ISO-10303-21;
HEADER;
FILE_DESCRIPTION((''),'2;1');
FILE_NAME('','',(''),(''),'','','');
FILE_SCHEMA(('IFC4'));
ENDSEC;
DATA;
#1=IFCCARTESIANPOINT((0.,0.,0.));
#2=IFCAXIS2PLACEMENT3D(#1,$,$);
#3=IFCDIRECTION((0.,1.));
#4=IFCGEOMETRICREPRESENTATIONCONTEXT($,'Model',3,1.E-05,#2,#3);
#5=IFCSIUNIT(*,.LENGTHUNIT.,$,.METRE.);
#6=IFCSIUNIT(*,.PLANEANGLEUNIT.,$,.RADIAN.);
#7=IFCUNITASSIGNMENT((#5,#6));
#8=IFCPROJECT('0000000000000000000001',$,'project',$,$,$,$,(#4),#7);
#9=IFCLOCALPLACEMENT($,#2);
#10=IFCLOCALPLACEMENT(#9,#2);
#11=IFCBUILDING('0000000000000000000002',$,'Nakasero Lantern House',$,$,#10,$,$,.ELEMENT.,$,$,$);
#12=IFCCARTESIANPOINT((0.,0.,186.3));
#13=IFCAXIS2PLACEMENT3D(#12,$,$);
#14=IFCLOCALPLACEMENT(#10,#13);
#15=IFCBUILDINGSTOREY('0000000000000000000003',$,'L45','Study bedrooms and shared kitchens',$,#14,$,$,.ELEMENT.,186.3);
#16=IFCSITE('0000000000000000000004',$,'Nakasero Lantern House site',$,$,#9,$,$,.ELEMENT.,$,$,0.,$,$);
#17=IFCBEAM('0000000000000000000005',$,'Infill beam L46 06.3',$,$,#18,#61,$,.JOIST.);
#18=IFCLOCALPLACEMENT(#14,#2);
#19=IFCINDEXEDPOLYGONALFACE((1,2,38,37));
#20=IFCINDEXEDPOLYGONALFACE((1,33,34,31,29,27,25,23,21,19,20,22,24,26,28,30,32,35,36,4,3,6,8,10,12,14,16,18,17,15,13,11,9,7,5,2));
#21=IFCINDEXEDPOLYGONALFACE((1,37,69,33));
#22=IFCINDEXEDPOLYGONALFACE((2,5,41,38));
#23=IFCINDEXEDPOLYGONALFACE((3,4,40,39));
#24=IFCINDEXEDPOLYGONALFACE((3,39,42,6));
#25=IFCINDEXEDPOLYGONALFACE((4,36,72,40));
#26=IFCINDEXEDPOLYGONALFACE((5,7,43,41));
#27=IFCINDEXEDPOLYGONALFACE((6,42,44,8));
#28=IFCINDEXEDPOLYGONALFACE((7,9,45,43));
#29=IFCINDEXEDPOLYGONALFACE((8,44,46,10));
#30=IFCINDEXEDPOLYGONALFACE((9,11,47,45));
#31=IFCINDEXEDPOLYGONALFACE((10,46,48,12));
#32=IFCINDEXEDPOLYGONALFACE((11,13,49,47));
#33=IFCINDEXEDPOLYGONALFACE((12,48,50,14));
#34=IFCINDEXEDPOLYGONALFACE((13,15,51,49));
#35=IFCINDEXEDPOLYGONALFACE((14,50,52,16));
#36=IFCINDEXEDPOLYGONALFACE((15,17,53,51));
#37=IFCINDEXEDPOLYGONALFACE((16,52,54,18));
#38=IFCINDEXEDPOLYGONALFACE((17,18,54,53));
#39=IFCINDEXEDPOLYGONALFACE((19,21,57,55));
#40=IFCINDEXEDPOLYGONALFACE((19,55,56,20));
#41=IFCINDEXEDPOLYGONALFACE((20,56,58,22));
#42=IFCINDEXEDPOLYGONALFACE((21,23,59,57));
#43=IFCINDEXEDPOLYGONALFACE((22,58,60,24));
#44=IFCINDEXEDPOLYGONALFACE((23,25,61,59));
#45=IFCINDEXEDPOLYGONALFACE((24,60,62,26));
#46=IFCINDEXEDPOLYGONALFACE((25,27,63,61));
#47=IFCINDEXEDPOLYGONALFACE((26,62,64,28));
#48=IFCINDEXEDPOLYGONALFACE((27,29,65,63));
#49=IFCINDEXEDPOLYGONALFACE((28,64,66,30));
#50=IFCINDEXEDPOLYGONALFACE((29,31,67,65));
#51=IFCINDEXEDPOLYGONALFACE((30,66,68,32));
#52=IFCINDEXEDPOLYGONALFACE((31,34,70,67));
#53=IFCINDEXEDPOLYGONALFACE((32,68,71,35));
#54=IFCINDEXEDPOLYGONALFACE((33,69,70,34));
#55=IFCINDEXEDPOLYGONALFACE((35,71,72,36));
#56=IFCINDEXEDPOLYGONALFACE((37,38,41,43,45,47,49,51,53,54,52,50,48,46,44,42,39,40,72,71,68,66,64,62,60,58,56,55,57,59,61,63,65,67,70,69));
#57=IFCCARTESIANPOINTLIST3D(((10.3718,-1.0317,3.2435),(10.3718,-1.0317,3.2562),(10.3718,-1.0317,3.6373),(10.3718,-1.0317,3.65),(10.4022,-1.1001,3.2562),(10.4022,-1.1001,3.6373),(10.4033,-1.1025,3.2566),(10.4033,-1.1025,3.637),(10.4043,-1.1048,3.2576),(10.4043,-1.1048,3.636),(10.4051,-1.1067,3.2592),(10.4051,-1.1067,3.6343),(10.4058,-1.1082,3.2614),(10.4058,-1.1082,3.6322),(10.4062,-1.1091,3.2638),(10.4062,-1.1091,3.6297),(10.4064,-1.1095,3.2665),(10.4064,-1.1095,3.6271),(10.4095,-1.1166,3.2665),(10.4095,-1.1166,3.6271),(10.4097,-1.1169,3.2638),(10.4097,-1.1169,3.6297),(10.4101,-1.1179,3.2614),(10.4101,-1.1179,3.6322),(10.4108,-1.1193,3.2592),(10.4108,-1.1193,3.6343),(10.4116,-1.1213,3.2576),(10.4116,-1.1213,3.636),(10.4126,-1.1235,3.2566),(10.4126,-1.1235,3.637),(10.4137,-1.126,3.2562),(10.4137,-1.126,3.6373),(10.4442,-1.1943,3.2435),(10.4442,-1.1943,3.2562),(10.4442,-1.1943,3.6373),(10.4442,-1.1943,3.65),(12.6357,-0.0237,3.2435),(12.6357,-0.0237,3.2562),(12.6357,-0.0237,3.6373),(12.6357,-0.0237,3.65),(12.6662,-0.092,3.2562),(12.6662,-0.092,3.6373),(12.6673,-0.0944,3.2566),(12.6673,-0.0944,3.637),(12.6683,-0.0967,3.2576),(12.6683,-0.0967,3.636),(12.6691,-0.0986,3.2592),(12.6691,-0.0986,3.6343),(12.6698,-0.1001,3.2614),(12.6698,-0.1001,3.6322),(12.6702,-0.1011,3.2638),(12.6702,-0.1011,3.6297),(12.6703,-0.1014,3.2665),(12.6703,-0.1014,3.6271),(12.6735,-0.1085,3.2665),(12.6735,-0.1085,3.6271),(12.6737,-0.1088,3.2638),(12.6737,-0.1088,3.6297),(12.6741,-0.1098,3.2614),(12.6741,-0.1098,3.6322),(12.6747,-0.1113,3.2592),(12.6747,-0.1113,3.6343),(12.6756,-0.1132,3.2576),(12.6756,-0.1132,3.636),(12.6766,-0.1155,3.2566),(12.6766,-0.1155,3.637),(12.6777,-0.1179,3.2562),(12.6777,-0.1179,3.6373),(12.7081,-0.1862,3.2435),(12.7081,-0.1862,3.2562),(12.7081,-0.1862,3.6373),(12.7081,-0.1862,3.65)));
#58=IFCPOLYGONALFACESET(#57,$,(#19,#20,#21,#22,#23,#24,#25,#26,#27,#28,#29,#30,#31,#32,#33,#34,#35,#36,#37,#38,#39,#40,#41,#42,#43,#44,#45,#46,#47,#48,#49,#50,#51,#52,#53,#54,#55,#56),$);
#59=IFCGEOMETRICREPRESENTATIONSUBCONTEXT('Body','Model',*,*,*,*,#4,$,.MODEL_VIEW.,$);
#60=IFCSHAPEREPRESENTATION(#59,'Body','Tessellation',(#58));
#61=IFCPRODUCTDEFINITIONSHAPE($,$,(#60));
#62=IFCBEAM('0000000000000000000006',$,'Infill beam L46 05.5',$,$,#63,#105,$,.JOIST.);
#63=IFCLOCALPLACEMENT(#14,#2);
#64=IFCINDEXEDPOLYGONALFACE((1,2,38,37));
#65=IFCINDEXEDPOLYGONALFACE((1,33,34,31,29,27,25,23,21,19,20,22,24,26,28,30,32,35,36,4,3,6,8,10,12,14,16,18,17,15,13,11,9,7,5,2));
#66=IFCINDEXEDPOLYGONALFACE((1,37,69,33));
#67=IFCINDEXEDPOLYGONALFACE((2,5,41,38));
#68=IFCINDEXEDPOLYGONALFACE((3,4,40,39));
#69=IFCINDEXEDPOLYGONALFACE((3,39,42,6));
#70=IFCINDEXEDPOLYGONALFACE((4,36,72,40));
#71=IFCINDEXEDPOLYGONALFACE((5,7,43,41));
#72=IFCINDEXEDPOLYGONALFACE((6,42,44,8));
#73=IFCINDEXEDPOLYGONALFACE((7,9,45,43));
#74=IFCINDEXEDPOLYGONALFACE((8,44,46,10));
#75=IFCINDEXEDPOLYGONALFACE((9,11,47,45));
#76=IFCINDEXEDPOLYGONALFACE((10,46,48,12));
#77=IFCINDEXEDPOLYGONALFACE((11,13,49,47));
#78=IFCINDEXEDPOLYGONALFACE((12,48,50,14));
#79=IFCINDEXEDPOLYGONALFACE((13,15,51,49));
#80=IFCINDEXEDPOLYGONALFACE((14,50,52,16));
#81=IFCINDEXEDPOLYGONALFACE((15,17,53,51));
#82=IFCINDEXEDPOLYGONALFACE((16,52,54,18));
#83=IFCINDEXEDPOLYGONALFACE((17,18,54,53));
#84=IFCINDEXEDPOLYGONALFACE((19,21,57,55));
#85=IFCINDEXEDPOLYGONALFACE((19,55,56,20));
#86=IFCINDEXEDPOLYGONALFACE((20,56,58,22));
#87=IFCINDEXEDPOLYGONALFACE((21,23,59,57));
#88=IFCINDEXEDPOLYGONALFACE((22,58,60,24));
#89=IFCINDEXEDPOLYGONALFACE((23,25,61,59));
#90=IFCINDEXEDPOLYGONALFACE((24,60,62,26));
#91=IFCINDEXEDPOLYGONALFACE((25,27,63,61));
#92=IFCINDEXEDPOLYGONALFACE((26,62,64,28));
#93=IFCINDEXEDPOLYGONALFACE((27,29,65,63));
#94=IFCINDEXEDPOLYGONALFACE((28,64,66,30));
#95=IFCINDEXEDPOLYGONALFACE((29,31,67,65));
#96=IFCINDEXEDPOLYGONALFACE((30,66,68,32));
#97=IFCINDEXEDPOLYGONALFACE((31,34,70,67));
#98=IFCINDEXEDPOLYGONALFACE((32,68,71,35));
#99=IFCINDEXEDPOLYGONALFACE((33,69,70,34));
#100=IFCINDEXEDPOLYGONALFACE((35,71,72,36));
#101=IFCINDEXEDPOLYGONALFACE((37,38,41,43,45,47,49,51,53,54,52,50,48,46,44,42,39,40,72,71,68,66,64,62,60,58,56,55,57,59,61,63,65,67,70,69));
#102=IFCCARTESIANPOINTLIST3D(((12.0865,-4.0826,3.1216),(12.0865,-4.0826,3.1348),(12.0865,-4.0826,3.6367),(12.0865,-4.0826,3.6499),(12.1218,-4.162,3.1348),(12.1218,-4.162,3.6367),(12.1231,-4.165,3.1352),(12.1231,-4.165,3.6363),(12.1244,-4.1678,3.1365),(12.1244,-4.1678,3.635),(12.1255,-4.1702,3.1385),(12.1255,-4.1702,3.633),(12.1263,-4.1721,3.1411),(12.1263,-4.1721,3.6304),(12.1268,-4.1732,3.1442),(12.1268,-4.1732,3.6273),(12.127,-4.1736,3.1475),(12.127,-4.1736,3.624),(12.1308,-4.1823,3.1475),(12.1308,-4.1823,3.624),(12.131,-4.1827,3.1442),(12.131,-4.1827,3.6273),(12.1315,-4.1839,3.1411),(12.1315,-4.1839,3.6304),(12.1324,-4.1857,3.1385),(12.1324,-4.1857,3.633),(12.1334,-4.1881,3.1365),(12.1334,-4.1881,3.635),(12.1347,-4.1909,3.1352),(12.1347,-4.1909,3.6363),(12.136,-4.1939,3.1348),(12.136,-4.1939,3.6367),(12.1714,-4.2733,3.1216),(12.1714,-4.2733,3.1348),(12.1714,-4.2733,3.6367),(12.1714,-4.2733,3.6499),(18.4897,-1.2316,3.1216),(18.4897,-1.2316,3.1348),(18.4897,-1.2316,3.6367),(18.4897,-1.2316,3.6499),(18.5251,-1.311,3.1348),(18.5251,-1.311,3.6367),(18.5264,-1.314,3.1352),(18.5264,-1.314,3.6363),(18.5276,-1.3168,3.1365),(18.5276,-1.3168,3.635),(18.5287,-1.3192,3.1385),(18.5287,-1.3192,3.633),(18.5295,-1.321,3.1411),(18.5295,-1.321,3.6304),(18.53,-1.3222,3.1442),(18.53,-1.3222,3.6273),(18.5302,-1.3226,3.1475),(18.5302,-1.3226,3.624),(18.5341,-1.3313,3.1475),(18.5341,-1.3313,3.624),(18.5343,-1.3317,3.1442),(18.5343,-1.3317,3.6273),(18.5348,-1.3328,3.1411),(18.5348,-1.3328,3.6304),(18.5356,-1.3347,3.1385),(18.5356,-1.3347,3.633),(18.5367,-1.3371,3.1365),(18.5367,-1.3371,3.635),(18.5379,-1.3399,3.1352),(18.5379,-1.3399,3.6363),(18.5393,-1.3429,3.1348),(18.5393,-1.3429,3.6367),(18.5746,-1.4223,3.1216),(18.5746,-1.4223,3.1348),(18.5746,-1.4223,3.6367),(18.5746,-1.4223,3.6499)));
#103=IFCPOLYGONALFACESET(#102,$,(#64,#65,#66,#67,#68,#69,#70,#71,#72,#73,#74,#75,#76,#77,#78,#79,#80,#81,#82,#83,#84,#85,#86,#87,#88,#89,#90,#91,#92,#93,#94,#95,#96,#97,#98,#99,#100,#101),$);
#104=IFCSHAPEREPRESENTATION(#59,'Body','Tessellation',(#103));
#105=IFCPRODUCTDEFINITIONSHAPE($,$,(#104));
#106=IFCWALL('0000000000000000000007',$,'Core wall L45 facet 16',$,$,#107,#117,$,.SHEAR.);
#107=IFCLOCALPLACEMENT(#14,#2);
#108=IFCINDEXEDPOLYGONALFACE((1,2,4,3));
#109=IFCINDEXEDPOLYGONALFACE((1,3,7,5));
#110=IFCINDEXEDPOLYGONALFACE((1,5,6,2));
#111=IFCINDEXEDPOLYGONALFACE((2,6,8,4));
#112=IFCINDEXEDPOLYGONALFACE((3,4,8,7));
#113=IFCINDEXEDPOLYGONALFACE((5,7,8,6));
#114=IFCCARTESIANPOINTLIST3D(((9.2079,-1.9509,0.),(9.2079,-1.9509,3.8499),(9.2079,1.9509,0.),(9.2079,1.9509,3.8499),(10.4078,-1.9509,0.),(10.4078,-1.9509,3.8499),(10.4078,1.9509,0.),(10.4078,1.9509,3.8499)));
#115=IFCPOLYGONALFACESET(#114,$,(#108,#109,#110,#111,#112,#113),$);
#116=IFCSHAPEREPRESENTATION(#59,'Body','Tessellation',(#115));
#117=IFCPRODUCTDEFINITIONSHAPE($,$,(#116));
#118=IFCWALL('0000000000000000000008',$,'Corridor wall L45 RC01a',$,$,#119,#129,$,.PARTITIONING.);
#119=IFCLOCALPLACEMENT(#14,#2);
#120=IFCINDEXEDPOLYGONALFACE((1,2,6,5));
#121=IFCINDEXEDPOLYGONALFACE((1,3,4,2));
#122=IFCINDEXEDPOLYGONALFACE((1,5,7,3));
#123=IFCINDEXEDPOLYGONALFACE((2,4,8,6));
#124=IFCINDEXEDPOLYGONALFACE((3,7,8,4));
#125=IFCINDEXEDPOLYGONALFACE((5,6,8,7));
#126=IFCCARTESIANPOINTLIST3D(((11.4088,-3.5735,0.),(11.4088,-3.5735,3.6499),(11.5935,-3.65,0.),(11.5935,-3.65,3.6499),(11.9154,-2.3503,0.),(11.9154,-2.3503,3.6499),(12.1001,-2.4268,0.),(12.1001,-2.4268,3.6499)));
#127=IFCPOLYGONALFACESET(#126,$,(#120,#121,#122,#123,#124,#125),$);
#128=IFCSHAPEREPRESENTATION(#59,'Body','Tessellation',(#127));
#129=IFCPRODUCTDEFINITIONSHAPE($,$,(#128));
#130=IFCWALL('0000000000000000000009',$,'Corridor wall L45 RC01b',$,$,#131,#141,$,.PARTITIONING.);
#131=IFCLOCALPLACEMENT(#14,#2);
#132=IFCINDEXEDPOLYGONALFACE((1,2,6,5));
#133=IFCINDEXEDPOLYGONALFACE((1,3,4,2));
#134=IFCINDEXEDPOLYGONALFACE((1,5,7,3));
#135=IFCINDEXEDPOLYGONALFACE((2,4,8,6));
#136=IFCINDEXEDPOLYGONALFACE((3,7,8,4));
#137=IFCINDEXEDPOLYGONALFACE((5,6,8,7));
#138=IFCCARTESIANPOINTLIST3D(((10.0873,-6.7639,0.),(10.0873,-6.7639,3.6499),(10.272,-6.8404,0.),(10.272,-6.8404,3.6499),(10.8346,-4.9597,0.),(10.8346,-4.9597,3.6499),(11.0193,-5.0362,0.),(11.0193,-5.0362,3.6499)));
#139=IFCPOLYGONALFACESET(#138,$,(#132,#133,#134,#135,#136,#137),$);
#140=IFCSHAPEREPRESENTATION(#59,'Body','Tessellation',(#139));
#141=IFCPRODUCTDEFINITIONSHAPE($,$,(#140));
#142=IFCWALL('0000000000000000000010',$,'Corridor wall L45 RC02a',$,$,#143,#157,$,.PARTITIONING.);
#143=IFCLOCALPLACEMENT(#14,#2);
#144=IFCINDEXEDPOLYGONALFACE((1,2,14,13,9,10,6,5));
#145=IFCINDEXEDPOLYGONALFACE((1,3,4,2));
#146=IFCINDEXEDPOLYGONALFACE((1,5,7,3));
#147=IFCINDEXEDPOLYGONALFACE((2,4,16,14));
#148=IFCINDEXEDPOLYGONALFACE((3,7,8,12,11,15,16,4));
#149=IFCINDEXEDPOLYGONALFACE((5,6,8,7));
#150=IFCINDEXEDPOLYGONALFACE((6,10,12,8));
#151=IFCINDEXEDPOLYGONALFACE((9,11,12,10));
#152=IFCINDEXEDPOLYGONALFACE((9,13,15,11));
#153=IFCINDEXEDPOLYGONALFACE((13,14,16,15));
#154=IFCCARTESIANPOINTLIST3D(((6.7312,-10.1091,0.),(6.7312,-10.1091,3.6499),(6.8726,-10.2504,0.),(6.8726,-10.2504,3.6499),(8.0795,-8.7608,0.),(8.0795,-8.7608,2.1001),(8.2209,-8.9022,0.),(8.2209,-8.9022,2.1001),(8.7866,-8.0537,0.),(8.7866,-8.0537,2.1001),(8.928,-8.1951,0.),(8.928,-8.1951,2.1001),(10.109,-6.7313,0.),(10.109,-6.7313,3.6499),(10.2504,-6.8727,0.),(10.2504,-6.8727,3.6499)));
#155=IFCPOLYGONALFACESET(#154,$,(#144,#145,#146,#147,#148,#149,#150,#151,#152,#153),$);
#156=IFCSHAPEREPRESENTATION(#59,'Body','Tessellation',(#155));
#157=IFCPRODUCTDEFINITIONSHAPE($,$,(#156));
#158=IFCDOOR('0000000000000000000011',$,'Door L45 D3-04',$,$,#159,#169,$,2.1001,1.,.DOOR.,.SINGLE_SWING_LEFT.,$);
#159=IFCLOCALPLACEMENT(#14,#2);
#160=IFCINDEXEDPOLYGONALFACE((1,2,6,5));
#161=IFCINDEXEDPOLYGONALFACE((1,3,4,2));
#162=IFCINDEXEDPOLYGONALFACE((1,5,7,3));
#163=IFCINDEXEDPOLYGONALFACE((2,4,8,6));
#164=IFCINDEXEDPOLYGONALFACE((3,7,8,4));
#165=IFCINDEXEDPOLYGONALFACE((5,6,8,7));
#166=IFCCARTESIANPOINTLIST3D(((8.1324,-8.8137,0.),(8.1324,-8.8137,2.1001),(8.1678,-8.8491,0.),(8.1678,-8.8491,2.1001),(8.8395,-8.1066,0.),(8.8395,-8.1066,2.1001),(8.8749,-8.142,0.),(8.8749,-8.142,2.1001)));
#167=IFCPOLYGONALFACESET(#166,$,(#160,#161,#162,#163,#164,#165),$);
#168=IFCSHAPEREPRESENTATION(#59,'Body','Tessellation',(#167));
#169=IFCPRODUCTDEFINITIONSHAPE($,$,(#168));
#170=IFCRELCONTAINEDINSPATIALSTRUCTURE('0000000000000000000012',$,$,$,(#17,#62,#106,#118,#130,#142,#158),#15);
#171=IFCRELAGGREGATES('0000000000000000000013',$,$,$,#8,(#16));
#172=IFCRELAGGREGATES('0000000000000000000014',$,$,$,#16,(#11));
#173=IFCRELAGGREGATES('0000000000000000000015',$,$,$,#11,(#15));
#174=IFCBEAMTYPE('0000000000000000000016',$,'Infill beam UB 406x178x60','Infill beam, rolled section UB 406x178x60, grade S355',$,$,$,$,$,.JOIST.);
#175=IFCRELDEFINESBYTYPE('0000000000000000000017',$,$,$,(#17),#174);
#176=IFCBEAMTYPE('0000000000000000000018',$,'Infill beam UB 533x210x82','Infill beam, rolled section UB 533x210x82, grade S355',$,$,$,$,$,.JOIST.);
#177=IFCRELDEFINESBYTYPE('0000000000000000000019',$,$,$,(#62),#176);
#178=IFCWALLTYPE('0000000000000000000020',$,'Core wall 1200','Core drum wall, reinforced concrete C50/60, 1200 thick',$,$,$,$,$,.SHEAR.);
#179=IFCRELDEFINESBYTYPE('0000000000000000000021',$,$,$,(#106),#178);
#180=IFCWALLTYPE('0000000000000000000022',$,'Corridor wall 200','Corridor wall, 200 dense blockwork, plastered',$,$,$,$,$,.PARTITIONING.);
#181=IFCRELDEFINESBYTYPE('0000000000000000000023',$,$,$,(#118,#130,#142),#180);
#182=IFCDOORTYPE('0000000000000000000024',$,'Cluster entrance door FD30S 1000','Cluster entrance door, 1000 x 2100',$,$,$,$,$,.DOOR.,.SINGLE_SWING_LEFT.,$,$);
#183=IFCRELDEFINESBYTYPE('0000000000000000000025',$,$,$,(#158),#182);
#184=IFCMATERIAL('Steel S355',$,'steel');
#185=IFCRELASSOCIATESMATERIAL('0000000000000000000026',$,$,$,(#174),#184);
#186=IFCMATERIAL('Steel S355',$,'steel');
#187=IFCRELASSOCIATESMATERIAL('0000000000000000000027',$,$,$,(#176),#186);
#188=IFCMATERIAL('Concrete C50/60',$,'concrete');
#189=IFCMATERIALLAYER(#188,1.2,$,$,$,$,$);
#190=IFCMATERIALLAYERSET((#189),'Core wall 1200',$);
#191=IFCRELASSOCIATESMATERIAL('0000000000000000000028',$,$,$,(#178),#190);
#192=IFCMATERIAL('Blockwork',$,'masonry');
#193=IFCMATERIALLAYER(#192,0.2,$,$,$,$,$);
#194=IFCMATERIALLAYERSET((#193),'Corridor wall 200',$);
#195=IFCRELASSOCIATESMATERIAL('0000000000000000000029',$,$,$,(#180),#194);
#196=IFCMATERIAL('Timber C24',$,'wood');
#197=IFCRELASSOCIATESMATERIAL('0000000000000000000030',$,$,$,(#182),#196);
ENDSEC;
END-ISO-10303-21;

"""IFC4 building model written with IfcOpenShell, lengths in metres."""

from ifc_helpers import new_model, si_unit, direction, frame, frame_2d, origin, origin_2d, place, context, subcontext, project, spatial, rectangle, i_section, extrude, material, layer, layer_set, material_profile, profile_set, type_object, element, fill, save


model = new_model("IFC4")

# Units and contexts
model_context = context("Model", 3, precision=1e-05, world=origin(), true_north=direction((0.0, 1.0)))
body_context = subcontext(model_context, "Body", "Model", "MODEL_VIEW")
ifc_project = project(units=[si_unit("LENGTHUNIT", "METRE"), si_unit("PLANEANGLEUNIT", "RADIAN")], contexts=[model_context])

# Site, building, storey
site_placement = place(None, origin())
site = spatial("IfcSite", under=ifc_project, at=site_placement, Name="Nakasero Lantern House site", CompositionType="ELEMENT", RefElevation=0.0)
building_placement = place(site_placement, origin())
building = spatial("IfcBuilding", under=site, at=building_placement, Name="Nakasero Lantern House", CompositionType="ELEMENT")
storey_placement = place(building_placement, frame((0.0, 0.0, 186.3)))
storey = spatial("IfcBuildingStorey", under=building, at=storey_placement, Name="L45", Description="Study bedrooms and shared kitchens", CompositionType="ELEMENT", Elevation=186.3)

# Beams
ifc_material_1 = material(Name="Steel S355", Category="steel")
ifc_material_profile_1 = material_profile(ifc_material_1, i_section(OverallWidth=0.178, OverallDepth=0.4065, WebThickness=0.0078, FlangeThickness=0.0127, FilletRadius=0.0103, at=origin_2d()), Name="UB 406x178x60")
ifc_profile_set_1 = profile_set([ifc_material_profile_1], Name="Steel S355")
beam_type_1 = type_object("IfcBeamType", Name="Infill beam UB 406x178x60", Description="Infill beam, rolled section UB 406x178x60, grade S355", PredefinedType="JOIST", material=ifc_profile_set_1)
beam_1_placement = place(storey_placement, frame((10.408, -1.113, 3.4468), z_axis=(0.913531, 0.406769, 0.0), x_axis=(-0.406769, 0.913531, 0.0)))
element("IfcBeam", 1, at=beam_1_placement, inside=storey, type_object=beam_type_1, Name="Infill beam L46 06.3", PredefinedType="JOIST", context=body_context, shape_type="SweptSolid", body=[
    extrude(i_section(OverallWidth=0.178, OverallDepth=0.4065, WebThickness=0.0078, FlangeThickness=0.0127, FilletRadius=0.0103, at=origin_2d()), origin(), (0.0, 0.0, 1.0), 2.4783),
])
ifc_material_2 = material(Name="Steel S355", Category="steel")
ifc_material_profile_2 = material_profile(ifc_material_2, i_section(OverallWidth=0.2087, OverallDepth=0.5283, WebThickness=0.0095, FlangeThickness=0.0132, FilletRadius=0.0127, at=origin_2d()), Name="UB 533x210x82")
ifc_profile_set_2 = profile_set([ifc_material_profile_2], Name="Steel S355")
beam_type_2 = type_object("IfcBeamType", Name="Infill beam UB 533x210x82", Description="Infill beam, rolled section UB 533x210x82, grade S355", PredefinedType="JOIST", material=ifc_profile_set_2)
beam_2_placement = place(storey_placement, frame((12.1289, -4.178, 3.3857), z_axis=(0.913538, 0.406752, 0.0), x_axis=(-0.406752, 0.913538, 0.0)))
element("IfcBeam", 2, at=beam_2_placement, inside=storey, type_object=beam_type_2, Name="Infill beam L46 05.5", PredefinedType="JOIST", context=body_context, shape_type="SweptSolid", body=[
    extrude(i_section(OverallWidth=0.2087, OverallDepth=0.5283, WebThickness=0.0095, FlangeThickness=0.0132, FilletRadius=0.0127, at=origin_2d()), origin(), (0.0, 0.0, 1.0), 7.0093),
])

# Walls
ifc_material_3 = material(Name="Concrete C50/60", Category="concrete")
ifc_layer_1 = layer(ifc_material_3, 1.2)
ifc_layer_set_1 = layer_set([ifc_layer_1], Name="Core wall 1200")
wall_type_1 = type_object("IfcWallType", Name="Core wall 1200", Description="Core drum wall, reinforced concrete C50/60, 1200 thick", PredefinedType="SHEAR", material=ifc_layer_set_1)
wall_1_placement = place(storey_placement, frame((9.8079, -1.9509, 0.0), z_axis=(0.0, 0.0, 1.0), x_axis=(0.0, 1.0, 0.0)))
element("IfcWall", 3, at=wall_1_placement, inside=storey, type_object=wall_type_1, Name="Core wall L45 facet 16", PredefinedType="SHEAR", context=body_context, shape_type="SweptSolid", body=[
    extrude(rectangle(XDim=3.9019, YDim=1.2, at=frame_2d((1.9509, 0.0))), origin(), (0.0, 0.0, 1.0), 3.8499),
])
ifc_material_4 = material(Name="Blockwork", Category="masonry")
ifc_layer_2 = layer(ifc_material_4, 0.2)
ifc_layer_set_2 = layer_set([ifc_layer_2], Name="Corridor wall 200")
wall_type_2 = type_object("IfcWallType", Name="Corridor wall 200", Description="Corridor wall, 200 dense blockwork, plastered", PredefinedType="PARTITIONING", material=ifc_layer_set_2)
wall_2_placement = place(storey_placement, frame((12.0078, -2.3884, 0.0), z_axis=(0.0, 0.0, 1.0), x_axis=(-0.38265, -0.923893, 0.0)))
element("IfcWall", 4, at=wall_2_placement, inside=storey, type_object=wall_type_2, Name="Corridor wall L45 RC01a", PredefinedType="PARTITIONING", context=body_context, shape_type="SweptSolid", body=[
    extrude(rectangle(XDim=1.324, YDim=0.2, at=frame_2d((0.6621, 0.0))), origin(), (0.0, 0.0, 1.0), 3.6499),
])
wall_3_placement = place(storey_placement, frame((10.927, -4.9978, 0.0), z_axis=(0.0, 0.0, 1.0), x_axis=(-0.382679, -0.923881, 0.0)))
element("IfcWall", 5, at=wall_3_placement, inside=storey, type_object=wall_type_2, Name="Corridor wall L45 RC01b", PredefinedType="PARTITIONING", context=body_context, shape_type="SweptSolid", body=[
    extrude(rectangle(XDim=1.9529, YDim=0.2, at=frame_2d((0.9766, 0.0))), origin(), (0.0, 0.0, 1.0), 3.6499),
])

# Wall, opening, door
wall_4_placement = place(storey_placement, frame((10.1797, -6.802, 0.0), z_axis=(0.0, 0.0, 1.0), x_axis=(-0.707107, -0.707107, 0.0)))
wall_4 = element("IfcWall", 6, at=wall_4_placement, inside=storey, type_object=wall_type_2, Name="Corridor wall L45 RC02a", PredefinedType="PARTITIONING", context=body_context, shape_type="SweptSolid", body=[
    extrude(rectangle(XDim=4.7769, YDim=0.2, at=frame_2d((2.3884, 0.0))), origin(), (0.0, 0.0, 1.0), 3.6499),
])
opening_1_placement = place(wall_4_placement, frame((1.8701, 0.0, 0.0)))
opening_1 = element("IfcOpeningElement", 7, at=opening_1_placement, cuts=wall_4, PredefinedType="OPENING", context=body_context, shape_type="SweptSolid", body=[
    extrude(rectangle(XDim=1.0, YDim=2.1001, at=frame_2d((0.5, 1.05))), frame((0.0, 0.1199, 0.0), z_axis=(0.0, -1.0, 0.0), x_axis=(1.0, 0.0, 0.0)), (0.0, 0.0, 1.0), 0.24),
])
ifc_material_5 = material(Name="Timber C24", Category="wood")
door_type_1 = type_object("IfcDoorType", Name="Cluster entrance door FD30S 1000", Description="Cluster entrance door, 1000 x 2100", OperationType="SINGLE_SWING_LEFT", PredefinedType="DOOR", material=ifc_material_5)
door_1_placement = place(opening_1_placement, origin())
door_1 = element("IfcDoor", 8, at=door_1_placement, inside=storey, type_object=door_type_1, Name="Door L45 D3-04", OperationType="SINGLE_SWING_LEFT", OverallHeight=2.1001, OverallWidth=1.0, PredefinedType="DOOR", context=body_context, shape_type="SweptSolid", body=[
    extrude(rectangle(XDim=1.0, YDim=2.1001, at=frame_2d((0.5, 1.05))), frame((0.0, 0.0249, 0.0), z_axis=(0.0, -1.0, 0.0), x_axis=(1.0, 0.0, 0.0)), (0.0, 0.0, 1.0), 0.05),
])
fill(opening_1, door_1)

save(model, "model.ifc")
